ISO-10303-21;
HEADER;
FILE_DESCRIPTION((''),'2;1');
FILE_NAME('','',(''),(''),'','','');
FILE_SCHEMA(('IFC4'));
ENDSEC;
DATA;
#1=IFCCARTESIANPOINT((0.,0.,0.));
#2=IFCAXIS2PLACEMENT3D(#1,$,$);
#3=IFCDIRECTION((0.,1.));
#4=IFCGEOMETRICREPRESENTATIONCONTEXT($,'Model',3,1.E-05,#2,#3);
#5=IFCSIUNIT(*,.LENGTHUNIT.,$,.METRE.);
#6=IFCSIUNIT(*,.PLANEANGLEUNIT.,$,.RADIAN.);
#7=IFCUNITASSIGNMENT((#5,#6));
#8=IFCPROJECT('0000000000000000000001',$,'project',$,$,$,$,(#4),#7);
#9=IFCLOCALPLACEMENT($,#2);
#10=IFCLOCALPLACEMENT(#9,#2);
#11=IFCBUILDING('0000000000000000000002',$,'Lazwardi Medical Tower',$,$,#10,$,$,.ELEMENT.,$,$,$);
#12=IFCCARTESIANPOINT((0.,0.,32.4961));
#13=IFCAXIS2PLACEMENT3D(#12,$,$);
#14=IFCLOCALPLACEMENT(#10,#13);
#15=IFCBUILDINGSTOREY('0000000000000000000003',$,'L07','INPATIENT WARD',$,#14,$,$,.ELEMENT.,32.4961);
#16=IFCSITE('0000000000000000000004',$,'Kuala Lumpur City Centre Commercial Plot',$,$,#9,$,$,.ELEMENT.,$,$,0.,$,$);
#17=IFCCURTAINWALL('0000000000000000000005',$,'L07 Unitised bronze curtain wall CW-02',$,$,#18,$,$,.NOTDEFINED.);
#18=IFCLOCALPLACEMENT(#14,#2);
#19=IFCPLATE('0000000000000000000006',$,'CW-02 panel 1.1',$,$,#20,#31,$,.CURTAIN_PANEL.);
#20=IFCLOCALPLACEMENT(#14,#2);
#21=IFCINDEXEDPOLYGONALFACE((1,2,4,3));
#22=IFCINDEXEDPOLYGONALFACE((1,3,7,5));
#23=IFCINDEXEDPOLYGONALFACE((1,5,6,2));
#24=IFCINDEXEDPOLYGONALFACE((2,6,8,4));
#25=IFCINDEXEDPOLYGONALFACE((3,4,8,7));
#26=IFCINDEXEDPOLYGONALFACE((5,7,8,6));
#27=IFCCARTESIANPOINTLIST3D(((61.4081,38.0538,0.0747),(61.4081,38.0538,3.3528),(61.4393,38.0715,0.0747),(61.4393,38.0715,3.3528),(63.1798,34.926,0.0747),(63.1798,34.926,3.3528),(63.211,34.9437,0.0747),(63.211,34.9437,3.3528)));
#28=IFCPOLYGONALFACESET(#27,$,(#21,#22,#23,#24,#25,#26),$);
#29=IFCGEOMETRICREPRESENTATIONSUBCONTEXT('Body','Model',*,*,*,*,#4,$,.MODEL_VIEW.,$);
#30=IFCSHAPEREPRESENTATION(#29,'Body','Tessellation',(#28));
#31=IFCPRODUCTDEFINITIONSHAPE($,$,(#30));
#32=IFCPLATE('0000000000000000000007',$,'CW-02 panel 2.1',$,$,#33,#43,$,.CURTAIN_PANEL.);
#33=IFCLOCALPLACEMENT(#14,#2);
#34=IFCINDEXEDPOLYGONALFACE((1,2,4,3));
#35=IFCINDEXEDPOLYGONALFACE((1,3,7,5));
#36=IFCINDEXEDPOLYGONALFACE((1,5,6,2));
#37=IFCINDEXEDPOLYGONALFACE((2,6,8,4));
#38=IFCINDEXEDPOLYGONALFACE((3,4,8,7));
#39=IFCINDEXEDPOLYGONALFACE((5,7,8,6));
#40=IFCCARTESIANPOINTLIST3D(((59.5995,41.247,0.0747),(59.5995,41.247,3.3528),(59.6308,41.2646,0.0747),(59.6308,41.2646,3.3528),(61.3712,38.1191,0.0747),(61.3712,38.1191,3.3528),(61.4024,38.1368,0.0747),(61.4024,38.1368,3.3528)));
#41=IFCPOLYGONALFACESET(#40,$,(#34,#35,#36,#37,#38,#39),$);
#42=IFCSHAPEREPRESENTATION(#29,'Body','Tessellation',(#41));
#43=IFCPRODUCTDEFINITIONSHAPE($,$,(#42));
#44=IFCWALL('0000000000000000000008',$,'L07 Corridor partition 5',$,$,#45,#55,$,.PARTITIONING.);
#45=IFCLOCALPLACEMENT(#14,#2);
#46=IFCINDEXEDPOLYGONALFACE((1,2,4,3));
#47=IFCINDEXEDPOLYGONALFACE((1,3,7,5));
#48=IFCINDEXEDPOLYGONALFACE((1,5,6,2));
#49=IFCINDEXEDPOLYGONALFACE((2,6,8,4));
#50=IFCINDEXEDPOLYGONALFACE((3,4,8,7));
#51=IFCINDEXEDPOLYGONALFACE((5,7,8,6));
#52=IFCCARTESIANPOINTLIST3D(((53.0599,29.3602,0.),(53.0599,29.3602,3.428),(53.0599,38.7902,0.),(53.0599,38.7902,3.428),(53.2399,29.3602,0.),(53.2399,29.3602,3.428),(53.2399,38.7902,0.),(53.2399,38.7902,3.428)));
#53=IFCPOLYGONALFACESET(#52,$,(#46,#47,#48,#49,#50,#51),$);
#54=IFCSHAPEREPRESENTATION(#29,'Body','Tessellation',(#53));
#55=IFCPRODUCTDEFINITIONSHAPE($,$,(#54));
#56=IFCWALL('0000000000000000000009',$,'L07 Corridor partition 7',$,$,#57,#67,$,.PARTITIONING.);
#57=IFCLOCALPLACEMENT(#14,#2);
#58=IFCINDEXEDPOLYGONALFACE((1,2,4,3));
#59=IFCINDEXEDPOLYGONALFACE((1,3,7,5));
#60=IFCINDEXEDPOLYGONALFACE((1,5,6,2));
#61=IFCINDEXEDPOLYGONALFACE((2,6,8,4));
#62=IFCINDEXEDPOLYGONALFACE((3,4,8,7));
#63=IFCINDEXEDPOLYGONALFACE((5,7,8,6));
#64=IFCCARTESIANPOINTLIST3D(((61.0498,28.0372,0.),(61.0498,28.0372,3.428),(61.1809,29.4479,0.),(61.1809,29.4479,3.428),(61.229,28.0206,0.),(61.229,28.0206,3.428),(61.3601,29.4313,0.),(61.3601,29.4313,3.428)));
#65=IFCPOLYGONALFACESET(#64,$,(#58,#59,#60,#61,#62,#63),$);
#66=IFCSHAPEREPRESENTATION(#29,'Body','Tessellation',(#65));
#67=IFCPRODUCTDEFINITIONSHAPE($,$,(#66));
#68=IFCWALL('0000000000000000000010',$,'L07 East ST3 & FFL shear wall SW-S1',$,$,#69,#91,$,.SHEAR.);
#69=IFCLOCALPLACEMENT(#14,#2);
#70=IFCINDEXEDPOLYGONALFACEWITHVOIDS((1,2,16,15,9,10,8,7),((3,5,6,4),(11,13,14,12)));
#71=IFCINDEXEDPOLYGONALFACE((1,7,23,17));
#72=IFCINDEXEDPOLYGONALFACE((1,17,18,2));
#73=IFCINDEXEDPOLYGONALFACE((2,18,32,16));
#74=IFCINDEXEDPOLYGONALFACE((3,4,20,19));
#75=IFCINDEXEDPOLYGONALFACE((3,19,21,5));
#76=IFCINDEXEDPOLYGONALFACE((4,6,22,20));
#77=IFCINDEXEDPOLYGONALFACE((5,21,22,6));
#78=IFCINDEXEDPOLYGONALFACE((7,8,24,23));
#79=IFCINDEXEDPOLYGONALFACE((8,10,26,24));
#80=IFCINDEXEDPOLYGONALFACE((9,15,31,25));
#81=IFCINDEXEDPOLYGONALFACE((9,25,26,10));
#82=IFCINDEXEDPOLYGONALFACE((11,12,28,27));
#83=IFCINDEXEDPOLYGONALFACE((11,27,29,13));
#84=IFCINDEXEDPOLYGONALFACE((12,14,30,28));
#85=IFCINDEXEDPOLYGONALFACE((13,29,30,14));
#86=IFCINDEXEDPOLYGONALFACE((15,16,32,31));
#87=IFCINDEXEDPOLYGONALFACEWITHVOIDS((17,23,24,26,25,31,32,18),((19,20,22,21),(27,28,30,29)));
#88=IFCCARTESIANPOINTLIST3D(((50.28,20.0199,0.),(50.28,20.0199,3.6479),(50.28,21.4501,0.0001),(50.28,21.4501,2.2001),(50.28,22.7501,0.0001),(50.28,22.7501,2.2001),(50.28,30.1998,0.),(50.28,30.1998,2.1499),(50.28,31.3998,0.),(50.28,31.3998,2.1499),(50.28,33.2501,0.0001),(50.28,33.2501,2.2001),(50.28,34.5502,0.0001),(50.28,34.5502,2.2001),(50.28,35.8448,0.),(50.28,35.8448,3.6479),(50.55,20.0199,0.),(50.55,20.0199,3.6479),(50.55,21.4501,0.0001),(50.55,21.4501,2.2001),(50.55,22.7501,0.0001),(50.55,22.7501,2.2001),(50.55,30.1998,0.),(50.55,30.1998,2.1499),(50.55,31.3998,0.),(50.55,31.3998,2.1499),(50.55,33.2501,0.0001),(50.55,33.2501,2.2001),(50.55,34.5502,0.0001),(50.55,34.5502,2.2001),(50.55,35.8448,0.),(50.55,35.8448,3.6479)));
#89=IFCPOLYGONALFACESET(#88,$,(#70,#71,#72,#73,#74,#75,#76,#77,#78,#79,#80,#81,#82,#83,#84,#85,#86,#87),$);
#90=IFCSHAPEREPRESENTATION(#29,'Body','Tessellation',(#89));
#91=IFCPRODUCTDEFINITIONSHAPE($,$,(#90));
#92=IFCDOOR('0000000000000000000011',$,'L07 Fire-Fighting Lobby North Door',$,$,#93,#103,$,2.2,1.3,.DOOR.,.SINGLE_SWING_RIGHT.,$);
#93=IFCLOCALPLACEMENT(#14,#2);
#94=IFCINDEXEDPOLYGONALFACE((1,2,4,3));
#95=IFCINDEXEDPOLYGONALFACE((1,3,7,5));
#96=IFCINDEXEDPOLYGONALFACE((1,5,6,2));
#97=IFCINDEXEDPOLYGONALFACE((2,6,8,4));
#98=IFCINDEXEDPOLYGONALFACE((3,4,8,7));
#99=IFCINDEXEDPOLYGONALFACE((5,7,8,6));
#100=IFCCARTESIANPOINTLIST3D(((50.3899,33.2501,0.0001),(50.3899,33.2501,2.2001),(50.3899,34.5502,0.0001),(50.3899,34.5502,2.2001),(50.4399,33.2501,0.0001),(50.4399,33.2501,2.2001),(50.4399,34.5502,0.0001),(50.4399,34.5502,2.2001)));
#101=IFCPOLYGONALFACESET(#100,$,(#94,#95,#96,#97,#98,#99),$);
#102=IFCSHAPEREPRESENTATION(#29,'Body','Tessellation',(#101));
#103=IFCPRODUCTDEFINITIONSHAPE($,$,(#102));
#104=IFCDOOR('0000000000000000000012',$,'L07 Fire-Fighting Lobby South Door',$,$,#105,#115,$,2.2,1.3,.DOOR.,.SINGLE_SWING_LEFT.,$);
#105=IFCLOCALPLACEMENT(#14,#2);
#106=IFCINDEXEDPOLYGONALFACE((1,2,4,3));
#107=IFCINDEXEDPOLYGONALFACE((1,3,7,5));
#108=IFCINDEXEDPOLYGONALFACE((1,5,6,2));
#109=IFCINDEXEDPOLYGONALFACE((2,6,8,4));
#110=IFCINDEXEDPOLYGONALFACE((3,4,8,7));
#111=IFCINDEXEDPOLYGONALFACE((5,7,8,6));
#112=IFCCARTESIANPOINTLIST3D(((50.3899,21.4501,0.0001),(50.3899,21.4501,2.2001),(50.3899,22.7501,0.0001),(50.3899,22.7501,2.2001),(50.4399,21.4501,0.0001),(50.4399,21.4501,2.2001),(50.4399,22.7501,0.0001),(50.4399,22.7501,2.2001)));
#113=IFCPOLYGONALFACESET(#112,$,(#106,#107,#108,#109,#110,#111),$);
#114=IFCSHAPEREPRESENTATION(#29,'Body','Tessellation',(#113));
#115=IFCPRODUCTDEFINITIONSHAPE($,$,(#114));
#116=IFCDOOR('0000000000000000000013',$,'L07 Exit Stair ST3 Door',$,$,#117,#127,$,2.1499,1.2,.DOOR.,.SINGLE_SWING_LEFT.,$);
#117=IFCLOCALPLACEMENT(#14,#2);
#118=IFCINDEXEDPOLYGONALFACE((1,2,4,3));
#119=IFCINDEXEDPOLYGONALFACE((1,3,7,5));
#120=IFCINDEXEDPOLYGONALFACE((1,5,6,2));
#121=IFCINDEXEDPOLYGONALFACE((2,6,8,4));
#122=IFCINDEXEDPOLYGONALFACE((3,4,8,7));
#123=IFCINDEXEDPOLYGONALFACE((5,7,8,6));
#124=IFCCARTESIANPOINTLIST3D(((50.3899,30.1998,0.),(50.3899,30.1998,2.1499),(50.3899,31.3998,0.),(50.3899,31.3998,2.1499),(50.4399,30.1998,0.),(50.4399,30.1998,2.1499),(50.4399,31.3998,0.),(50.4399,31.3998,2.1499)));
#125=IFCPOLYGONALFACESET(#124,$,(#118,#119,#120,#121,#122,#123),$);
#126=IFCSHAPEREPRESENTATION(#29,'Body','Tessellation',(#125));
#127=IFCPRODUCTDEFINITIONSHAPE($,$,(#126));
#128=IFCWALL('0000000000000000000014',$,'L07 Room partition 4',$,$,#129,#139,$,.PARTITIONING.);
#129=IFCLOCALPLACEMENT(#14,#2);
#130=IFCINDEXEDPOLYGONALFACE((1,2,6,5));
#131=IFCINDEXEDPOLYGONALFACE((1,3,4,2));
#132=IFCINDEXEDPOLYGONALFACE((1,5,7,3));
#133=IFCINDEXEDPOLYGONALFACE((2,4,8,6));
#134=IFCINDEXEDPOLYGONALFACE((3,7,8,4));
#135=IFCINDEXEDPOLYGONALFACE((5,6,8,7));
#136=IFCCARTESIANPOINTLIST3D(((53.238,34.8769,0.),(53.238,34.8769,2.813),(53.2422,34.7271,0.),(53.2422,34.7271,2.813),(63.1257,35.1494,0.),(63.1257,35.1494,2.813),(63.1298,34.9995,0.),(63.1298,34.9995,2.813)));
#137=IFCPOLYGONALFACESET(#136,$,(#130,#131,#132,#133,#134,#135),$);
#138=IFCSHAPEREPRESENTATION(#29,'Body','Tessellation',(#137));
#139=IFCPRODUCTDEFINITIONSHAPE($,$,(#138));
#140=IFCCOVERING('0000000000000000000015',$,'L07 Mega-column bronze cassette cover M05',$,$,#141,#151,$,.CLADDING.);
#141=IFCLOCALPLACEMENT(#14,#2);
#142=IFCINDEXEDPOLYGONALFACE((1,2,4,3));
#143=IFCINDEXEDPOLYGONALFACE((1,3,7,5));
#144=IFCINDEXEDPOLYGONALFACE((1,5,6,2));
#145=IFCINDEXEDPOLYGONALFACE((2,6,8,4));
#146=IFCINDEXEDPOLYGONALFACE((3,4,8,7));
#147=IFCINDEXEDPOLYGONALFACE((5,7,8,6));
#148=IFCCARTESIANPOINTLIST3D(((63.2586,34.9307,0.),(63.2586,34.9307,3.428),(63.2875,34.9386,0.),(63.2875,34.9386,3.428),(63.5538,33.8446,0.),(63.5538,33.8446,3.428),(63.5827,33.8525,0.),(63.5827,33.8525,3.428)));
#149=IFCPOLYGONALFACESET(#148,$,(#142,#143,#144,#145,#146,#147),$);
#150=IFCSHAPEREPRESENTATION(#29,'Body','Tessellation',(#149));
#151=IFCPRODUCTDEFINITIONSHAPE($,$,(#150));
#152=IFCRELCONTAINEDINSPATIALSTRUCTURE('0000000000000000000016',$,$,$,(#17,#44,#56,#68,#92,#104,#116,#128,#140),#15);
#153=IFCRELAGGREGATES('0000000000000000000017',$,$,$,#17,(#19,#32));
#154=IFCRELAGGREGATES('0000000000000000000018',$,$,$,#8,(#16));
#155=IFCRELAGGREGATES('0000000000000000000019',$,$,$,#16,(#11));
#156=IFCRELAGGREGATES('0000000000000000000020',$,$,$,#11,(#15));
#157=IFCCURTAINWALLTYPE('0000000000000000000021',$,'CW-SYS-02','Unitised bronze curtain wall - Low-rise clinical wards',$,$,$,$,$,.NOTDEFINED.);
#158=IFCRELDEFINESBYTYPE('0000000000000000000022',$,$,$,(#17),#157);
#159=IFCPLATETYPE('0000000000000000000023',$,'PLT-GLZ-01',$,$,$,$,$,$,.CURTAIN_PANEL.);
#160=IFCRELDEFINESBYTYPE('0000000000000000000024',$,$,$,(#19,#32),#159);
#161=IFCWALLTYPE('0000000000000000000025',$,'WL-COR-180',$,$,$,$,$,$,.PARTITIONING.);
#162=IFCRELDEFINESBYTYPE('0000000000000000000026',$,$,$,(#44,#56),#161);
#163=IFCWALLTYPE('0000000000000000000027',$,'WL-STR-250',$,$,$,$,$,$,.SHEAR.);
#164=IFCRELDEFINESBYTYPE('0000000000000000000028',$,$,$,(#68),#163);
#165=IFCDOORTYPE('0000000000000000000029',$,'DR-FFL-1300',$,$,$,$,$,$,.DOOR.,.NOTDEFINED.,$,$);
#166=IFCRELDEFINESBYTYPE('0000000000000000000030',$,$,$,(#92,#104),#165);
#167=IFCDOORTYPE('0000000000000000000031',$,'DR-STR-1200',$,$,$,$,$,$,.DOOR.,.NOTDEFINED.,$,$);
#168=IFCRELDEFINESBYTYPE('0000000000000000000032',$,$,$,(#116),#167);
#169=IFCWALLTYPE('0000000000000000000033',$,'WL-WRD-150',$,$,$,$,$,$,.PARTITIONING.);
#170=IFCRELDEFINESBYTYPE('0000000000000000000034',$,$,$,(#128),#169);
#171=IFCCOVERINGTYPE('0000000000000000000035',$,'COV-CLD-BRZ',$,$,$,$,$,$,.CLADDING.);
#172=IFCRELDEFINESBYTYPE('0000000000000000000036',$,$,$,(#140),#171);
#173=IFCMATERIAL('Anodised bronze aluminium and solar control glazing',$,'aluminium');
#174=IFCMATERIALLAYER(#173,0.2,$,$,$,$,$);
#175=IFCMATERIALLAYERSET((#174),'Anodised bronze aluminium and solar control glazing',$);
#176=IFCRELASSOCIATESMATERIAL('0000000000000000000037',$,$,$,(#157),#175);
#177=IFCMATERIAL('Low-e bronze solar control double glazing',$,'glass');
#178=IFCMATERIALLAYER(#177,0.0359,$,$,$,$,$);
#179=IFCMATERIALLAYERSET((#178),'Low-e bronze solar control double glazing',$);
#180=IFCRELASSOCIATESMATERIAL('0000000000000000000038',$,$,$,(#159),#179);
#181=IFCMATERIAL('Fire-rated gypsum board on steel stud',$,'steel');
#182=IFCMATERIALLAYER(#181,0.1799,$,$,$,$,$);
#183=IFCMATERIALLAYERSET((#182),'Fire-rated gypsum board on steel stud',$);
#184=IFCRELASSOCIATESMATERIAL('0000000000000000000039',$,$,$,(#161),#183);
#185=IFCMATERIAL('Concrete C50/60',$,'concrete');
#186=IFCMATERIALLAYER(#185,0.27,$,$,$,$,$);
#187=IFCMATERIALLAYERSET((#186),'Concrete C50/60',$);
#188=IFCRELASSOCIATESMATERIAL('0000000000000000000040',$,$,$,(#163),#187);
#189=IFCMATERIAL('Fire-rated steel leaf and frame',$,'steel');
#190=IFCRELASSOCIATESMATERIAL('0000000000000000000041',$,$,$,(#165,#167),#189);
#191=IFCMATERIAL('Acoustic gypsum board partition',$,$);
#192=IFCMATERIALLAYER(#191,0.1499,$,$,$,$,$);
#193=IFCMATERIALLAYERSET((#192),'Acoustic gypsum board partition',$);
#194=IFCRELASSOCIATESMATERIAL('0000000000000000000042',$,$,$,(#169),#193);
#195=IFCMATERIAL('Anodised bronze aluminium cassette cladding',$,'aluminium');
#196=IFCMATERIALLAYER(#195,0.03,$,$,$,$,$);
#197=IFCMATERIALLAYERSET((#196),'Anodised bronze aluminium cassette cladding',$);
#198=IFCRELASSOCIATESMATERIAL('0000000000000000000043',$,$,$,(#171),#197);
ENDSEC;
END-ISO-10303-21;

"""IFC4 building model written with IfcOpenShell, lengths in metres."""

from ifc_helpers import new_model, si_unit, direction, frame, frame_2d, origin, origin_2d, place, context, subcontext, project, spatial, rectangle, extrude, material, layer, layer_set, type_object, element, fill, aggregate, save


model = new_model("IFC4")

# Units and contexts
model_context = context("Model", 3, precision=1e-05, world=origin(), true_north=direction((0.0, 1.0)))
body_context = subcontext(model_context, "Body", "Model", "MODEL_VIEW")
ifc_project = project(units=[si_unit("LENGTHUNIT", "METRE"), si_unit("PLANEANGLEUNIT", "RADIAN")], contexts=[model_context])

# Site, building, storey
site_placement = place(None, origin())
site = spatial("IfcSite", under=ifc_project, at=site_placement, Name="Kuala Lumpur City Centre Commercial Plot", CompositionType="ELEMENT", RefElevation=0.0)
building_placement = place(site_placement, origin())
building = spatial("IfcBuilding", under=site, at=building_placement, Name="Lazwardi Medical Tower", CompositionType="ELEMENT")
storey_placement = place(building_placement, frame((0.0, 0.0, 32.4961)))
storey = spatial("IfcBuildingStorey", under=building, at=storey_placement, Name="L07", Description="INPATIENT WARD", CompositionType="ELEMENT", Elevation=32.4961)

# Shared definitions
ifc_material_1 = material(Name="Anodised bronze aluminium and solar control glazing", Category="aluminium")
ifc_layer_1 = layer(ifc_material_1, 0.2)
ifc_layer_set_1 = layer_set([ifc_layer_1], Name="Anodised bronze aluminium and solar control glazing")
curtain_wall_type = type_object("IfcCurtainWallType", Name="CW-SYS-02", Description="Unitised bronze curtain wall - Low-rise clinical wards", PredefinedType="NOTDEFINED", material=ifc_layer_set_1)

# Curtain wall
curtain_wall_1_placement = place(storey_placement, origin())
curtain_wall_1 = element("IfcCurtainWall", 1, at=curtain_wall_1_placement, inside=storey, type_object=curtain_wall_type, Name="L07 Unitised bronze curtain wall CW-02", PredefinedType="NOTDEFINED")

# Plates
ifc_material_2 = material(Name="Low-e bronze solar control double glazing", Category="glass")
ifc_layer_2 = layer(ifc_material_2, 0.0359)
ifc_layer_set_2 = layer_set([ifc_layer_2], Name="Low-e bronze solar control double glazing")
plate_type = type_object("IfcPlateType", Name="PLT-GLZ-01", PredefinedType="CURTAIN_PANEL", material=ifc_layer_set_2)
plate_1_placement = place(storey_placement, frame((62.3096, 36.4988, 0.0747), z_axis=(0.0, 0.0, 1.0), x_axis=(-0.492854, 0.870112, 0.0)))
plate_1 = element("IfcPlate", 2, at=plate_1_placement, type_object=plate_type, Name="CW-02 panel 1.1", PredefinedType="CURTAIN_PANEL", context=body_context, shape_type="SweptSolid", body=[
    extrude(rectangle(XDim=3.5947, YDim=0.0359, at=origin_2d()), origin(), (0.0, 0.0, 1.0), 3.2781),
])
plate_2_placement = place(storey_placement, frame((60.501, 39.6919, 0.0747), z_axis=(0.0, 0.0, 1.0), x_axis=(-0.492854, 0.870112, 0.0)))
plate_2 = element("IfcPlate", 3, at=plate_2_placement, type_object=plate_type, Name="CW-02 panel 2.1", PredefinedType="CURTAIN_PANEL", context=body_context, shape_type="SweptSolid", body=[
    extrude(rectangle(XDim=3.5947, YDim=0.0359, at=origin_2d()), origin(), (0.0, 0.0, 1.0), 3.2781),
])
aggregate(curtain_wall_1, [plate_1, plate_2])

# Walls
ifc_material_3 = material(Name="Fire-rated gypsum board on steel stud", Category="steel")
ifc_layer_3 = layer(ifc_material_3, 0.1799)
ifc_layer_set_3 = layer_set([ifc_layer_3], Name="Fire-rated gypsum board on steel stud")
wall_type_1 = type_object("IfcWallType", Name="WL-COR-180", PredefinedType="PARTITIONING", material=ifc_layer_set_3)
wall_1_placement = place(storey_placement, frame((53.1499, 38.79, 0.0), z_axis=(0.0, 0.0, 1.0), x_axis=(0.0, -1.0, 0.0)))
element("IfcWall", 4, at=wall_1_placement, inside=storey, type_object=wall_type_1, Name="L07 Corridor partition 5", PredefinedType="PARTITIONING", context=body_context, shape_type="SweptSolid", body=[
    extrude(rectangle(XDim=9.4299, YDim=0.1799, at=frame_2d((4.7148, 0.0))), origin(), (0.0, 0.0, 1.0), 3.428),
])
wall_2_placement = place(storey_placement, frame((61.2705, 29.4397, 0.0), z_axis=(0.0, 0.0, 1.0), x_axis=(-0.09254, -0.995709, 0.0)))
element("IfcWall", 5, at=wall_2_placement, inside=storey, type_object=wall_type_1, Name="L07 Corridor partition 7", PredefinedType="PARTITIONING", context=body_context, shape_type="SweptSolid", body=[
    extrude(rectangle(XDim=1.4167, YDim=0.1799, at=frame_2d((0.7085, 0.0))), origin(), (0.0, 0.0, 1.0), 3.428),
])

# Wall, openings, doors
ifc_material_4 = material(Name="Concrete C50/60", Category="concrete")
ifc_layer_4 = layer(ifc_material_4, 0.27)
ifc_layer_set_4 = layer_set([ifc_layer_4], Name="Concrete C50/60")
wall_type_2 = type_object("IfcWallType", Name="WL-STR-250", PredefinedType="SHEAR", material=ifc_layer_set_4)
wall_3_placement = place(storey_placement, frame((50.415, 35.845, 0.0), z_axis=(0.0, 0.0, 1.0), x_axis=(0.0, -1.0, 0.0)))
wall_3 = element("IfcWall", 6, at=wall_3_placement, inside=storey, type_object=wall_type_2, Name="L07 East ST3 & FFL shear wall SW-S1", PredefinedType="SHEAR", context=body_context, shape_type="SweptSolid", body=[
    extrude(rectangle(XDim=15.825, YDim=0.27, at=frame_2d((7.9126, 0.0))), origin(), (0.0, 0.0, 1.0), 3.6479),
])
opening_1_placement = place(wall_3_placement, frame((4.4451, 0.0, 0.0)))
opening_1 = element("IfcOpeningElement", 7, at=opening_1_placement, cuts=wall_3, PredefinedType="OPENING", context=body_context, shape_type="SweptSolid", body=[
    extrude(rectangle(XDim=1.2, YDim=2.1499, at=frame_2d((0.6001, 1.075))), frame((0.0, 0.145, 0.0), z_axis=(0.0, -1.0, 0.0), x_axis=(1.0, 0.0, 0.0)), (0.0, 0.0, 1.0), 0.29),
])
opening_2_placement = place(wall_3_placement, frame((1.2949, 0.0, 0.0)))
opening_2 = element("IfcOpeningElement", 8, at=opening_2_placement, cuts=wall_3, PredefinedType="OPENING", context=body_context, shape_type="SweptSolid", body=[
    extrude(rectangle(XDim=1.3, YDim=2.2, at=frame_2d((0.6499, 1.1001))), frame((0.0, 0.145, 0.0), z_axis=(0.0, -1.0, 0.0), x_axis=(1.0, 0.0, 0.0)), (0.0, 0.0, 1.0), 0.29),
])
opening_3_placement = place(wall_3_placement, frame((13.095, 0.0, 0.0)))
opening_3 = element("IfcOpeningElement", 9, at=opening_3_placement, cuts=wall_3, PredefinedType="OPENING", context=body_context, shape_type="SweptSolid", body=[
    extrude(rectangle(XDim=1.3, YDim=2.2, at=frame_2d((0.6499, 1.1001))), frame((0.0, 0.145, 0.0), z_axis=(0.0, -1.0, 0.0), x_axis=(1.0, 0.0, 0.0)), (0.0, 0.0, 1.0), 0.29),
])
ifc_material_5 = material(Name="Fire-rated steel leaf and frame", Category="steel")
door_type_1 = type_object("IfcDoorType", Name="DR-FFL-1300", OperationType="NOTDEFINED", PredefinedType="DOOR", material=ifc_material_5)
door_1_placement = place(opening_2_placement, origin())
door_1 = element("IfcDoor", 10, at=door_1_placement, inside=storey, type_object=door_type_1, Name="L07 Fire-Fighting Lobby North Door", OperationType="SINGLE_SWING_RIGHT", OverallHeight=2.2, OverallWidth=1.3, PredefinedType="DOOR", context=body_context, shape_type="SweptSolid", body=[
    extrude(rectangle(XDim=1.3, YDim=2.2, at=frame_2d((0.6499, 1.1001))), frame((0.0, 0.0249, 0.0), z_axis=(0.0, -1.0, 0.0), x_axis=(1.0, 0.0, 0.0)), (0.0, 0.0, 1.0), 0.05),
])
fill(opening_2, door_1)
door_2_placement = place(opening_3_placement, origin())
door_2 = element("IfcDoor", 11, at=door_2_placement, inside=storey, type_object=door_type_1, Name="L07 Fire-Fighting Lobby South Door", OperationType="SINGLE_SWING_LEFT", OverallHeight=2.2, OverallWidth=1.3, PredefinedType="DOOR", context=body_context, shape_type="SweptSolid", body=[
    extrude(rectangle(XDim=1.3, YDim=2.2, at=frame_2d((0.6499, 1.1001))), frame((0.0, 0.0249, 0.0), z_axis=(0.0, -1.0, 0.0), x_axis=(1.0, 0.0, 0.0)), (0.0, 0.0, 1.0), 0.05),
])
fill(opening_3, door_2)
door_type_2 = type_object("IfcDoorType", Name="DR-STR-1200", OperationType="NOTDEFINED", PredefinedType="DOOR", material=ifc_material_5)
door_3_placement = place(opening_1_placement, origin())
door_3 = element("IfcDoor", 12, at=door_3_placement, inside=storey, type_object=door_type_2, Name="L07 Exit Stair ST3 Door", OperationType="SINGLE_SWING_LEFT", OverallHeight=2.1499, OverallWidth=1.2, PredefinedType="DOOR", context=body_context, shape_type="SweptSolid", body=[
    extrude(rectangle(XDim=1.2, YDim=2.1499, at=frame_2d((0.6001, 1.075))), frame((0.0, 0.0249, 0.0), z_axis=(0.0, -1.0, 0.0), x_axis=(1.0, 0.0, 0.0)), (0.0, 0.0, 1.0), 0.05),
])
fill(opening_1, door_3)

# Wall
ifc_material_6 = material(Name="Acoustic gypsum board partition")
ifc_layer_5 = layer(ifc_material_6, 0.1499)
ifc_layer_set_5 = layer_set([ifc_layer_5], Name="Acoustic gypsum board partition")
wall_type_3 = type_object("IfcWallType", Name="WL-WRD-150", PredefinedType="PARTITIONING", material=ifc_layer_set_5)
wall_4_placement = place(storey_placement, frame((53.24, 34.802, 0.0), z_axis=(0.0, 0.0, 1.0), x_axis=(0.999621, 0.027545, 0.0)))
element("IfcWall", 13, at=wall_4_placement, inside=storey, type_object=wall_type_3, Name="L07 Room partition 4", PredefinedType="PARTITIONING", context=body_context, shape_type="SweptSolid", body=[
    extrude(rectangle(XDim=9.8914, YDim=0.1499, at=frame_2d((4.9458, 0.0))), origin(), (0.0, 0.0, 1.0), 2.813),
])

# Covering
ifc_material_7 = material(Name="Anodised bronze aluminium cassette cladding", Category="aluminium")
ifc_layer_6 = layer(ifc_material_7, 0.03)
ifc_layer_set_6 = layer_set([ifc_layer_6], Name="Anodised bronze aluminium cassette cladding")
covering_type = type_object("IfcCoveringType", Name="COV-CLD-BRZ", PredefinedType="CLADDING", material=ifc_layer_set_6)
covering_placement = place(storey_placement, frame((63.4207, 34.3916, 0.0), z_axis=(0.0, 0.0, 1.0), x_axis=(-0.262283, 0.964991, 0.0)))
element("IfcCovering", 14, at=covering_placement, inside=storey, type_object=covering_type, Name="L07 Mega-column bronze cassette cover M05", PredefinedType="CLADDING", context=body_context, shape_type="SweptSolid", body=[
    extrude(rectangle(XDim=1.1255, YDim=0.03, at=origin_2d()), origin(), (0.0, 0.0, 1.0), 3.428),
])

save(model, "model.ifc")
